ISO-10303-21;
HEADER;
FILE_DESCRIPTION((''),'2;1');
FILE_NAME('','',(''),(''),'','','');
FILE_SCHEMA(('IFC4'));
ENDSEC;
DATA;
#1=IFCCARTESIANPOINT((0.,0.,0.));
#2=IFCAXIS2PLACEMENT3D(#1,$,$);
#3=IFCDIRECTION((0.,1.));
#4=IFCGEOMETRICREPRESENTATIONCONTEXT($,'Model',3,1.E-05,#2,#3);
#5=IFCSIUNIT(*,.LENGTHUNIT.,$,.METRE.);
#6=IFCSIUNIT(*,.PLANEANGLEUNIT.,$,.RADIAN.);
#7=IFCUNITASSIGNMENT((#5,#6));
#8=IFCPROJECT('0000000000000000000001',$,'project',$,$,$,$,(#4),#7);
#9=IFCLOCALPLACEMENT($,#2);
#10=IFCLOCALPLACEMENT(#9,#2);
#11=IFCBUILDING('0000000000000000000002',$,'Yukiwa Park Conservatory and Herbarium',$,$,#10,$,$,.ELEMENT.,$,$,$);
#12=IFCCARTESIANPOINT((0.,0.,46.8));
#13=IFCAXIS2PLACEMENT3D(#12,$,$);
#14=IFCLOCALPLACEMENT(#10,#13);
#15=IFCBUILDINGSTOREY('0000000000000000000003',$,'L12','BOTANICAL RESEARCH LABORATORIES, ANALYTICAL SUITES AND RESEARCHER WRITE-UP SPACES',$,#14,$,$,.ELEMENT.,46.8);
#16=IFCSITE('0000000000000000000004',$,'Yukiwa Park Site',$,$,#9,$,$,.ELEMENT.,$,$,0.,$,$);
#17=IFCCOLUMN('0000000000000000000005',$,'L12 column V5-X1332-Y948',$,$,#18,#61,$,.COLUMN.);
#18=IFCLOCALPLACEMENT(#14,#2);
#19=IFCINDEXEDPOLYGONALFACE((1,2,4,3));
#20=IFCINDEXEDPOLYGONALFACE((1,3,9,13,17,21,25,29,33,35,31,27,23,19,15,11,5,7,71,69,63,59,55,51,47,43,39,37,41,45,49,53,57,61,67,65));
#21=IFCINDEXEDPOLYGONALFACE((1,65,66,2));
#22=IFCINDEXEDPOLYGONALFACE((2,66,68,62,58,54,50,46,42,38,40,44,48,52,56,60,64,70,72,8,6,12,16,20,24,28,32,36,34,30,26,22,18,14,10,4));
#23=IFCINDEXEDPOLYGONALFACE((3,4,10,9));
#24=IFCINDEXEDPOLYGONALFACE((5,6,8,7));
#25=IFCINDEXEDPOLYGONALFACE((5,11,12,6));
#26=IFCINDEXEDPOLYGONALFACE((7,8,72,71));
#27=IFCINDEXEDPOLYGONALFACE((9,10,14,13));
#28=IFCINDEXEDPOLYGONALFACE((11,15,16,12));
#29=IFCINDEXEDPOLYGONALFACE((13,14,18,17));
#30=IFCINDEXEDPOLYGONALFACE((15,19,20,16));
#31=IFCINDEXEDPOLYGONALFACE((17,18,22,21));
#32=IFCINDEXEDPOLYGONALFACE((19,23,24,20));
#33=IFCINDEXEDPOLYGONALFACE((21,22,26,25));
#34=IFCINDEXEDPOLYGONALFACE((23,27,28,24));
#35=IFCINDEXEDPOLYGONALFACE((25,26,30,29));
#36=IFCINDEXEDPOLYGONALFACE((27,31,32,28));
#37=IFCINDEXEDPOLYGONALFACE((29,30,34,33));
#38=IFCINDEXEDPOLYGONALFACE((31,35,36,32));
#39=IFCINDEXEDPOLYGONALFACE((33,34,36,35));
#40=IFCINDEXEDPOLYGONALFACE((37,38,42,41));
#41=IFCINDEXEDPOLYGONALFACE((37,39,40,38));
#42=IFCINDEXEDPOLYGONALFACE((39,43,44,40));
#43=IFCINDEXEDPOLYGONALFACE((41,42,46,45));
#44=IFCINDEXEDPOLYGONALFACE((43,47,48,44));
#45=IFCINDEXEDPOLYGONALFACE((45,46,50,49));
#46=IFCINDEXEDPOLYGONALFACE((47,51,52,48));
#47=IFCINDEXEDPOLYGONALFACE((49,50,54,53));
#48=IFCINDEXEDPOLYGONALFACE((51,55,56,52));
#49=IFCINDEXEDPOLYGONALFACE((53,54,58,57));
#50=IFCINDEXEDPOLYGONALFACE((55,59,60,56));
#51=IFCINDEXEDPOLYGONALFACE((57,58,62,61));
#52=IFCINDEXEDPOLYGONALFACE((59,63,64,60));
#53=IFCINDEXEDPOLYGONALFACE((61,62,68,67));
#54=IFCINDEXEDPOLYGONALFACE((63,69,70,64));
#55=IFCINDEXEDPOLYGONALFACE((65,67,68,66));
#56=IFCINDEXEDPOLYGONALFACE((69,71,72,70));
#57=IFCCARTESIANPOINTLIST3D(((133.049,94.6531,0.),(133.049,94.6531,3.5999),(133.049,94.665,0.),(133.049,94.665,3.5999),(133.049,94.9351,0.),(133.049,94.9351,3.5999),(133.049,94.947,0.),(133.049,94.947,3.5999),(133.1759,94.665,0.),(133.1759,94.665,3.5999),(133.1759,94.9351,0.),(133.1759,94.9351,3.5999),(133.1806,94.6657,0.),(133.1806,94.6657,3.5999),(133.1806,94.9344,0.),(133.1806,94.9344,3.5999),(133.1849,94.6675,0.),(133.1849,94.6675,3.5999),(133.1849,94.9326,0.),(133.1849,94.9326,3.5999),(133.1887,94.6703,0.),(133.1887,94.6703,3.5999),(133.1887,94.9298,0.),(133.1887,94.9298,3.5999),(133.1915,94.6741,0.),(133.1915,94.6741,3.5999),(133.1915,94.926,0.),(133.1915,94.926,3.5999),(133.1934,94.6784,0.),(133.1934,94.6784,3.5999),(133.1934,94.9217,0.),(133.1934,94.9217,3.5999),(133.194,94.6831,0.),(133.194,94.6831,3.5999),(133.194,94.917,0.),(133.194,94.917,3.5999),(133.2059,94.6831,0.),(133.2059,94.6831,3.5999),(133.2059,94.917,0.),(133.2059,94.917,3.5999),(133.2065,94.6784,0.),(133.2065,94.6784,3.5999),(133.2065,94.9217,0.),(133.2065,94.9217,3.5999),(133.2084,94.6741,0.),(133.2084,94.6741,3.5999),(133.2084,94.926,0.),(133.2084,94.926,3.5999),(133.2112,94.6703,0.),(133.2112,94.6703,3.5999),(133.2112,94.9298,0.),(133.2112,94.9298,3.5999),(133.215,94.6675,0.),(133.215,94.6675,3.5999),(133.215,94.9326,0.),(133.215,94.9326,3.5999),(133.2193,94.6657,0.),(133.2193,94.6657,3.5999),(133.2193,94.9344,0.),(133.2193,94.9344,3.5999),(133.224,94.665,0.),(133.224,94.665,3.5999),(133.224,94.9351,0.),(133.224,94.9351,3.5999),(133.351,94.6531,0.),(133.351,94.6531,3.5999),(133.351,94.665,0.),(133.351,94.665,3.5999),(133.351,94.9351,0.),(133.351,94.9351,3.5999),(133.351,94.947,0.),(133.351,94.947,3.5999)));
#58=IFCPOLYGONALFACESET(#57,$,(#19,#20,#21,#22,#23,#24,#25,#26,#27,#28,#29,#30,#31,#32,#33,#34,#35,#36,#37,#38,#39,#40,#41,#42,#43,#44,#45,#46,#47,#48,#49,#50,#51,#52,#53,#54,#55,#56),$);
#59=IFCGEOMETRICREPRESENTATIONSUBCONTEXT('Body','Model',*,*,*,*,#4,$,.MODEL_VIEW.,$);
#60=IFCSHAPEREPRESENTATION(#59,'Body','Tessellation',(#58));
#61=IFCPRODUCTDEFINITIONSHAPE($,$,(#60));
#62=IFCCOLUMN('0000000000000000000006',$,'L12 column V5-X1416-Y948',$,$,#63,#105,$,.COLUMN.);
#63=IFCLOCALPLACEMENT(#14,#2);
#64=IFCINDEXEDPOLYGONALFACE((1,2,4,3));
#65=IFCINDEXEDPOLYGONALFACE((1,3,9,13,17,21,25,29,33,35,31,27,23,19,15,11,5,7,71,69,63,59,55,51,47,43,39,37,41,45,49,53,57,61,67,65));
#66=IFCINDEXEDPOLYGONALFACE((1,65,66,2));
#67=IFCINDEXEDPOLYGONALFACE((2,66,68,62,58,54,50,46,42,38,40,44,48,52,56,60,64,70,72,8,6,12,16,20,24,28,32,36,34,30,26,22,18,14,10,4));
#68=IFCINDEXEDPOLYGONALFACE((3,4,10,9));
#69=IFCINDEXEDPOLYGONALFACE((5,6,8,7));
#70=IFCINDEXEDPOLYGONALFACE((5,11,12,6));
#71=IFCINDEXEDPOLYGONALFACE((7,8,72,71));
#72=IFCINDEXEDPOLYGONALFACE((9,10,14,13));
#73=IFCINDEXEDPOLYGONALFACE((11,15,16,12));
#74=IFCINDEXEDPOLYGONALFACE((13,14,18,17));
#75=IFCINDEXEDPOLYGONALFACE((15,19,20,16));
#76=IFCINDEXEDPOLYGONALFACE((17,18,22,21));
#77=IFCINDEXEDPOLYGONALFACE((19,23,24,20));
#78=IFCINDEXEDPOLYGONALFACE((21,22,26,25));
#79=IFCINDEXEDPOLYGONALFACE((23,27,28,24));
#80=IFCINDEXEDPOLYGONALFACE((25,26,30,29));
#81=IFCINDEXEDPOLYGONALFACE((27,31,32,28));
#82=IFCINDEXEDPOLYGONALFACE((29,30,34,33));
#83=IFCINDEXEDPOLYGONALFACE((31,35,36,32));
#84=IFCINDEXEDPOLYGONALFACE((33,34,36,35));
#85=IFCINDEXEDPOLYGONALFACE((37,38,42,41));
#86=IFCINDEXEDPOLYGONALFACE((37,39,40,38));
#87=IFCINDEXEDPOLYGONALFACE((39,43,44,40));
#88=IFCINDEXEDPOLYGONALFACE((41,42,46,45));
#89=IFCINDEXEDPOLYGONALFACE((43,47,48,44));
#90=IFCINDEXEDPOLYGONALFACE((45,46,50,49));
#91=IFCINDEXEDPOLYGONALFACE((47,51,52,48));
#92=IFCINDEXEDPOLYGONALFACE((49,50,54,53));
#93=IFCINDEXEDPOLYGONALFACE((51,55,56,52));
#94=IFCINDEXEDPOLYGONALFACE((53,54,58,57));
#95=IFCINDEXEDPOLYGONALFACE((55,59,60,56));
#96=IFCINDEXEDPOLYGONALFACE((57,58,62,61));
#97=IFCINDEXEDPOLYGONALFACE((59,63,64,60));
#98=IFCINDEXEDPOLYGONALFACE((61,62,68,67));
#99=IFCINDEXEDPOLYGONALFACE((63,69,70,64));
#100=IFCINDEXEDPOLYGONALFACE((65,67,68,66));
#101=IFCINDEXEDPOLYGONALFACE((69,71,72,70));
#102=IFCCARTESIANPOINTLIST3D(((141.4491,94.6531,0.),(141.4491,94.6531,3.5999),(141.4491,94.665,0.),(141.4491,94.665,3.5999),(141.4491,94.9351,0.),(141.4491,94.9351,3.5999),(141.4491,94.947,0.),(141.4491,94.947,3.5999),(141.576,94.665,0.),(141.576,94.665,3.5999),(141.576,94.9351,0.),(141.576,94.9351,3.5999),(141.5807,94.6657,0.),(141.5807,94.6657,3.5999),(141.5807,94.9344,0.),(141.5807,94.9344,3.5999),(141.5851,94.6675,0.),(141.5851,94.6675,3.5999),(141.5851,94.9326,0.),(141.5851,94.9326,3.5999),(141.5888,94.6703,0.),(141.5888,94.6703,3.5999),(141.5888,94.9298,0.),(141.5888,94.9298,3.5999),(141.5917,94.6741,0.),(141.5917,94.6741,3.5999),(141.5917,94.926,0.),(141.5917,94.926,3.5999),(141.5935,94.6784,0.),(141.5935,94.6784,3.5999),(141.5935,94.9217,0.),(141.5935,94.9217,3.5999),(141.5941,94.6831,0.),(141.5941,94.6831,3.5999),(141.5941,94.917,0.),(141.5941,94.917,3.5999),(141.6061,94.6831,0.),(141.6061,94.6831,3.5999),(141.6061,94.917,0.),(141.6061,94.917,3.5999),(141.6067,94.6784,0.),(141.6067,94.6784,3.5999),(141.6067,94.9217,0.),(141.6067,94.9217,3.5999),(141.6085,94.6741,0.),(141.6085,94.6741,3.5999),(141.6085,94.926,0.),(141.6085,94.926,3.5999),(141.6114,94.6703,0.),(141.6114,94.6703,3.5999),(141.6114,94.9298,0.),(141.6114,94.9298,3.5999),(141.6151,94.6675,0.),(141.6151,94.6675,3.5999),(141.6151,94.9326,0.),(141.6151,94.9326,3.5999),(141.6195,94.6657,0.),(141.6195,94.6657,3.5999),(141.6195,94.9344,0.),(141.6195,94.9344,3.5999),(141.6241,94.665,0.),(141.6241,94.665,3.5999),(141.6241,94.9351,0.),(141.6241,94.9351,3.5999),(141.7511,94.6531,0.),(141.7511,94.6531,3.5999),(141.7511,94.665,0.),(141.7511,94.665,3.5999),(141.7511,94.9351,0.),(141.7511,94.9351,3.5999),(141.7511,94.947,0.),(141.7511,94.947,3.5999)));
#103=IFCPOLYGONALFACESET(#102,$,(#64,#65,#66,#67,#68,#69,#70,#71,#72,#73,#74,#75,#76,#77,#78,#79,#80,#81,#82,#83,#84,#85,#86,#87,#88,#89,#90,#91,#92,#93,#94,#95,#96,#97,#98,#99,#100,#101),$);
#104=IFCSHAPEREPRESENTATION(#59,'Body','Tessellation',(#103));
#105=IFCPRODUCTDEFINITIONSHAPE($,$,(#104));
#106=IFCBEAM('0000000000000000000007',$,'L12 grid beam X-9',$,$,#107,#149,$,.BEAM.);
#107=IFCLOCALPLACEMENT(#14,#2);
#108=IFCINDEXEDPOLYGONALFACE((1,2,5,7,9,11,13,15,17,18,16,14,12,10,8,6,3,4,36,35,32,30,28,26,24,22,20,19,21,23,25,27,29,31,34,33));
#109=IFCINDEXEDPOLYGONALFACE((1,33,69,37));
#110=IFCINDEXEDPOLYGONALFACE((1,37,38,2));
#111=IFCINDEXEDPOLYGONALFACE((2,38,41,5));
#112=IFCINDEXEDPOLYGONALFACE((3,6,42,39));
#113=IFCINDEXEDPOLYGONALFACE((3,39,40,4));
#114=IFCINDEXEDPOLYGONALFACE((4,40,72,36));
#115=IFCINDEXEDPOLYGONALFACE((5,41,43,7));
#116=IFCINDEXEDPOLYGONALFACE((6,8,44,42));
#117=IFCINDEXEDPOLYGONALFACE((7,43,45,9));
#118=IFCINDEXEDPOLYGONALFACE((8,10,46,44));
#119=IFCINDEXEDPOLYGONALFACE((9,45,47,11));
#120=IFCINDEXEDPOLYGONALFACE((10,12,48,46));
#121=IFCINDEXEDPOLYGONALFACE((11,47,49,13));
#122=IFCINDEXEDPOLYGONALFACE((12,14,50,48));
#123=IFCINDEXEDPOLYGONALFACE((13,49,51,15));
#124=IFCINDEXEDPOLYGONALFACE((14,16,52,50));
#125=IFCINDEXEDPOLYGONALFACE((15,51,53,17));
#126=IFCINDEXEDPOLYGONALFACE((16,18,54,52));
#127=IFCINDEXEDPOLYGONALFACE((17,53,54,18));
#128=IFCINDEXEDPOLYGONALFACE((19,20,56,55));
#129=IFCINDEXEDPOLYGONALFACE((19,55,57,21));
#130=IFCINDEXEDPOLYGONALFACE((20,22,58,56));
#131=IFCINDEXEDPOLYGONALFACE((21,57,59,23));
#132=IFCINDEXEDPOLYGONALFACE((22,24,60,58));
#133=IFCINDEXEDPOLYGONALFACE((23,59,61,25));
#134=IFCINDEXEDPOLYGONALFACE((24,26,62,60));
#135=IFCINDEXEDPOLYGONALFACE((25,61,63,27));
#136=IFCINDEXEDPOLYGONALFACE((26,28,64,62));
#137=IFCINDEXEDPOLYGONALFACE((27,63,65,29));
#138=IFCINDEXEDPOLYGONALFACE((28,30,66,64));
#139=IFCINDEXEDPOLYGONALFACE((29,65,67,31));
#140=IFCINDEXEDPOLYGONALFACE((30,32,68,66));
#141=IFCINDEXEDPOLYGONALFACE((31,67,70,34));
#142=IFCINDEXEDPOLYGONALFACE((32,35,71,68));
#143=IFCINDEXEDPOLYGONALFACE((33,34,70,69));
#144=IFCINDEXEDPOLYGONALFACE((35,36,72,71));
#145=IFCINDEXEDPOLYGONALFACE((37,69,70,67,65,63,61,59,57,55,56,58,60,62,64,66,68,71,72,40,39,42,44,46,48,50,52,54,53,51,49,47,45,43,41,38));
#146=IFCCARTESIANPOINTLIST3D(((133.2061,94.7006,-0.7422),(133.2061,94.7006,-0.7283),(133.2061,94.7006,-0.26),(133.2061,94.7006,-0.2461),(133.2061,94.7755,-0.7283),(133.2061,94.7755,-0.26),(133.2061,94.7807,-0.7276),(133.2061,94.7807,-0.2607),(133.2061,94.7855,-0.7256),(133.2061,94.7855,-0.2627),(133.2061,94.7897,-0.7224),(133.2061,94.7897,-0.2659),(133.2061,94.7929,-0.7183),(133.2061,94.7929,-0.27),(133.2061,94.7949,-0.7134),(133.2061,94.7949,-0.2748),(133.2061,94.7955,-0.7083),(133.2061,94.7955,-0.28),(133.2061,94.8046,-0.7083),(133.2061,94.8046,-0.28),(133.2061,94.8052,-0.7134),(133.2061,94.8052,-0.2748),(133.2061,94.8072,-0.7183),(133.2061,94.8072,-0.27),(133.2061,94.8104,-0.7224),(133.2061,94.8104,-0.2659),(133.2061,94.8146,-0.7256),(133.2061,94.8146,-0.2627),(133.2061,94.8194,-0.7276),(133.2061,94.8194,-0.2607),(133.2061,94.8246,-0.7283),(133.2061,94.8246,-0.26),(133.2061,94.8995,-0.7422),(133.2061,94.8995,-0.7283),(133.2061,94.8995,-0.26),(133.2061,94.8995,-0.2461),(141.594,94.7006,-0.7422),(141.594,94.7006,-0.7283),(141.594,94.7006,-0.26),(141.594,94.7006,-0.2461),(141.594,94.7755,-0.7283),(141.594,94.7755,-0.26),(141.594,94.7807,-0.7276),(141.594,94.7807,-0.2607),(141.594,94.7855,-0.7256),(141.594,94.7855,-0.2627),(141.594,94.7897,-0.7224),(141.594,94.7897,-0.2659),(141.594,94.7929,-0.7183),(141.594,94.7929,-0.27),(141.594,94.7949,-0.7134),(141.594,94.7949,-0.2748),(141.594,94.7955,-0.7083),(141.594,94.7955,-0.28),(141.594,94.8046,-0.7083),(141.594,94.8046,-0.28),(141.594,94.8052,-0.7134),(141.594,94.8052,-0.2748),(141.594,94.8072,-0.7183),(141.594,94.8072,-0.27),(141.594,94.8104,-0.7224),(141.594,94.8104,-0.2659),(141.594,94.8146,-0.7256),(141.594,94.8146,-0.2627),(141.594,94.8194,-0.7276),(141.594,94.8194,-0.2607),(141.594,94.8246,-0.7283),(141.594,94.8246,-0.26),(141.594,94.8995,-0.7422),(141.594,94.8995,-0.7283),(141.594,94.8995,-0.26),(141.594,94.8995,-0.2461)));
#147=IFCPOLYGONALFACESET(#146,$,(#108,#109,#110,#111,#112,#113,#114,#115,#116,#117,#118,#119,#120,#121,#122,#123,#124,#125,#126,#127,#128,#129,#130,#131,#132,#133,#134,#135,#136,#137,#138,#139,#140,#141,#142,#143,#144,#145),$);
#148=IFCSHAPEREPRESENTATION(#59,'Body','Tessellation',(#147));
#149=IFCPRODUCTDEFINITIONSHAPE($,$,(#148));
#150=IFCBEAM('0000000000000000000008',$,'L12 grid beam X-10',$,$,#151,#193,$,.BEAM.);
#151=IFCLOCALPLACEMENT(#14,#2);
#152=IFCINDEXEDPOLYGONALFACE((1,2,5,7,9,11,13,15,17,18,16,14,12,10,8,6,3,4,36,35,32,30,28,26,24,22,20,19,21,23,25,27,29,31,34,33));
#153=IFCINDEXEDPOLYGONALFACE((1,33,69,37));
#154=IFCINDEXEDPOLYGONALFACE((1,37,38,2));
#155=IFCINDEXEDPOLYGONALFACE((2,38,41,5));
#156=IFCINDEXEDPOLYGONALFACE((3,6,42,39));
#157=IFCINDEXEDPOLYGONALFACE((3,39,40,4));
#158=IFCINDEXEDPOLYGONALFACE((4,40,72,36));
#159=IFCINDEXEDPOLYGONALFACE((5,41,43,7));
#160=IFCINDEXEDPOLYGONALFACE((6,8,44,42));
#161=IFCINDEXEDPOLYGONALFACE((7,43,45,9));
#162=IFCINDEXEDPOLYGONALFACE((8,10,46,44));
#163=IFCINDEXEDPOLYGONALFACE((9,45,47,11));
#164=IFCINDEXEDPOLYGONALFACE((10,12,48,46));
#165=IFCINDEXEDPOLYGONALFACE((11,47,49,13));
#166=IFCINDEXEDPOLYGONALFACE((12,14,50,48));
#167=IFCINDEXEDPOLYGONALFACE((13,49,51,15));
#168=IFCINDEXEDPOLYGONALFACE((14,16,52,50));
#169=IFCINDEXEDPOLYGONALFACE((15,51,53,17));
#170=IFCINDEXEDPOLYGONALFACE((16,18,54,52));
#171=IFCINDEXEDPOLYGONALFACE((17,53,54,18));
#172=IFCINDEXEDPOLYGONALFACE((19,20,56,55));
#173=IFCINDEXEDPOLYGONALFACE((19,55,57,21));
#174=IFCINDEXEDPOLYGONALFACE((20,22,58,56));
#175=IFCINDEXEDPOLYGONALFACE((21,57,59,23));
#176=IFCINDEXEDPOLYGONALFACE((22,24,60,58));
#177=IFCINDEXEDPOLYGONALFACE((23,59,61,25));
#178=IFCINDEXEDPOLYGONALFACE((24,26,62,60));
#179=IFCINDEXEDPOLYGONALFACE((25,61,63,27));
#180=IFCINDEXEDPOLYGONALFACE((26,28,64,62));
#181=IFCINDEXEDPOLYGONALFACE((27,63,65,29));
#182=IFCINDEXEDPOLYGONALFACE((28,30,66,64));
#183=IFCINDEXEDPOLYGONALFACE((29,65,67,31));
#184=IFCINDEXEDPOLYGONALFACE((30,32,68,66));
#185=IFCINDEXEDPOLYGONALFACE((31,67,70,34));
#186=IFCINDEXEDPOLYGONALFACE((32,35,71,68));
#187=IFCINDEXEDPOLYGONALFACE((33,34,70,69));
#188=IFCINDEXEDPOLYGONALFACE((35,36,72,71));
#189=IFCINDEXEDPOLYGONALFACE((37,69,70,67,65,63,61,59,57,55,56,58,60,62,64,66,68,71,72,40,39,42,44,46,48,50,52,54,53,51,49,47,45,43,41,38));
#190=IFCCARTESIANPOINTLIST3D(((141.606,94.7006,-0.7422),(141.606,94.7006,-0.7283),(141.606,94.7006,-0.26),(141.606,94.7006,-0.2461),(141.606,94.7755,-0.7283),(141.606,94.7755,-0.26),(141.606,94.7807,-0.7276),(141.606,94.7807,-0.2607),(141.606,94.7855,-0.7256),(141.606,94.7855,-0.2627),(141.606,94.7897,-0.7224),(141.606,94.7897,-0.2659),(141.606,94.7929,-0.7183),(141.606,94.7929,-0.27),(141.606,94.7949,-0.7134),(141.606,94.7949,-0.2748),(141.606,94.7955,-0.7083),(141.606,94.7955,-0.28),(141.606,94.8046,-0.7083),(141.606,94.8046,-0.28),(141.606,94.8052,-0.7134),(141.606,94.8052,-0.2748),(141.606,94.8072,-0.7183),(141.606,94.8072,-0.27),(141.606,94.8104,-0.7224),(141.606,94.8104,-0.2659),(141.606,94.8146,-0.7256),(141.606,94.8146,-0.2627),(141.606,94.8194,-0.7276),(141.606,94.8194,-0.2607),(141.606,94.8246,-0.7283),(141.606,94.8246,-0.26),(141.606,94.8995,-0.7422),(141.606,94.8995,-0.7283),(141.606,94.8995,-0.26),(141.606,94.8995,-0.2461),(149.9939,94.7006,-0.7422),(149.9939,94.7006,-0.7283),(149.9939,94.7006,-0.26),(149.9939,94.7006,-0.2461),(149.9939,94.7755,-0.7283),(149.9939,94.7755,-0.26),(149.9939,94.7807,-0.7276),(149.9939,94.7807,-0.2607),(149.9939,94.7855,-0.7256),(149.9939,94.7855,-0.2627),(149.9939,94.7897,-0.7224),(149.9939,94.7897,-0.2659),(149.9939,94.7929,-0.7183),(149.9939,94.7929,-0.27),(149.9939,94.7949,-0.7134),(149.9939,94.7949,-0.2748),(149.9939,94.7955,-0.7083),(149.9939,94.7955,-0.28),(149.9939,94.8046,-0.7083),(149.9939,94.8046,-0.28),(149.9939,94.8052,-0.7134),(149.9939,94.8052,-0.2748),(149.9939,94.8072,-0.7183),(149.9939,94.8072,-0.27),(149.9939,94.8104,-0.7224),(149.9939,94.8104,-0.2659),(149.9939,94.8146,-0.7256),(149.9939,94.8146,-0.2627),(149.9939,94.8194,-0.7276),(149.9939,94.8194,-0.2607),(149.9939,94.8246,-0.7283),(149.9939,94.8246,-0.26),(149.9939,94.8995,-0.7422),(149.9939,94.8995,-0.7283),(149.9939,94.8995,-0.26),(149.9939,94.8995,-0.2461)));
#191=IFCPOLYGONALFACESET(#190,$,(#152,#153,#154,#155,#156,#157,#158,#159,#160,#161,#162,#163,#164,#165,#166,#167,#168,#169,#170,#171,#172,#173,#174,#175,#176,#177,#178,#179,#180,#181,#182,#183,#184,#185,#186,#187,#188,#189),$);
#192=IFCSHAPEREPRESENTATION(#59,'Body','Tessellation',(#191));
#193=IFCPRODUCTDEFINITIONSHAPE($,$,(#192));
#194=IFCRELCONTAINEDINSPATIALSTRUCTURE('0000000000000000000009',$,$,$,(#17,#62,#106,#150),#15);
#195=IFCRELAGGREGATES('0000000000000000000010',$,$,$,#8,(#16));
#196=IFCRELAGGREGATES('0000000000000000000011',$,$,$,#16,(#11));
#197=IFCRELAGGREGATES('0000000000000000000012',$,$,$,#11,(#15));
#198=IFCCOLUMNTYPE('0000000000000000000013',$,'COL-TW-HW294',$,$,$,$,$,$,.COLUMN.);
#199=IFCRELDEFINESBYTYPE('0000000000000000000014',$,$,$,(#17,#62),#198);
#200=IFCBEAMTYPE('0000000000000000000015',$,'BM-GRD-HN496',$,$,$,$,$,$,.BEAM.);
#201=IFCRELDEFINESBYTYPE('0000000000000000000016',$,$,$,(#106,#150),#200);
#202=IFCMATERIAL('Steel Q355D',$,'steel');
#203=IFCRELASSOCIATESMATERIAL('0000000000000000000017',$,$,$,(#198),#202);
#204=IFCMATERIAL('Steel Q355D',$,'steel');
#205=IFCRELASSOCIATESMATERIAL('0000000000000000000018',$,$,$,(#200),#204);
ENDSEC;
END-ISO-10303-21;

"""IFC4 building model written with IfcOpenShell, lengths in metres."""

from ifc_helpers import new_model, si_unit, direction, frame, origin, origin_2d, place, context, subcontext, project, spatial, i_section, extrude, material, material_profile, profile_set, type_object, element, save


model = new_model("IFC4")

# Units and contexts
model_context = context("Model", 3, precision=1e-05, world=origin(), true_north=direction((0.0, 1.0)))
body_context = subcontext(model_context, "Body", "Model", "MODEL_VIEW")
ifc_project = project(units=[si_unit("LENGTHUNIT", "METRE"), si_unit("PLANEANGLEUNIT", "RADIAN")], contexts=[model_context])

# Site, building, storey
site_placement = place(None, origin())
site = spatial("IfcSite", under=ifc_project, at=site_placement, Name="Yukiwa Park Site", CompositionType="ELEMENT", RefElevation=0.0)
building_placement = place(site_placement, origin())
building = spatial("IfcBuilding", under=site, at=building_placement, Name="Yukiwa Park Conservatory and Herbarium", CompositionType="ELEMENT")
storey_placement = place(building_placement, frame((0.0, 0.0, 46.8)))
storey = spatial("IfcBuildingStorey", under=building, at=storey_placement, Name="L12", Description="BOTANICAL RESEARCH LABORATORIES, ANALYTICAL SUITES AND RESEARCHER WRITE-UP SPACES", CompositionType="ELEMENT", Elevation=46.8)

# Columns
ifc_material_1 = material(Name="Steel Q355D", Category="steel")
ifc_material_profile_1 = material_profile(ifc_material_1, i_section(OverallWidth=0.302, OverallDepth=0.2939, WebThickness=0.012, FlangeThickness=0.012, FilletRadius=0.0181, at=origin_2d()), Name="HW 294x302x12x12")
ifc_profile_set_1 = profile_set([ifc_material_profile_1], Name="Steel Q355D")
column_type = type_object("IfcColumnType", Name="COL-TW-HW294", PredefinedType="COLUMN", material=ifc_profile_set_1)
for number, where, z_axis, x_axis, name in (
    (1, (133.2, 94.8, 0.0), (0.0, 0.0, 1.0), (1.0, 0.0, 0.0), "L12 column V5-X1332-Y948"),
    (2, (141.6001, 94.8, 0.0), (0.0, 0.0, 1.0), (1.0, 0.0, 0.0), "L12 column V5-X1416-Y948"),
):
    element("IfcColumn", number, at=place(storey_placement, frame(where, z_axis=z_axis, x_axis=x_axis)), inside=storey, type_object=column_type, Name=name, PredefinedType="COLUMN", context=body_context, shape_type="SweptSolid", body=[
        extrude(i_section(OverallWidth=0.302, OverallDepth=0.2939, WebThickness=0.012, FlangeThickness=0.012, FilletRadius=0.0181, at=origin_2d()), origin(), (0.0, 0.0, 1.0), 3.5999),
    ])

# Beams
ifc_material_2 = material(Name="Steel Q355D", Category="steel")
ifc_material_profile_2 = material_profile(ifc_material_2, i_section(OverallWidth=0.199, OverallDepth=0.4961, WebThickness=0.009, FlangeThickness=0.0139, FilletRadius=0.02, at=origin_2d()), Name="HN 496x199x9x14")
ifc_profile_set_2 = profile_set([ifc_material_profile_2], Name="Steel Q355D")
beam_type_1 = type_object("IfcBeamType", Name="BM-GRD-HN496", PredefinedType="BEAM", material=ifc_profile_set_2)
for number, where, z_axis, x_axis, name in (
    (3, (133.2061, 94.8, -0.4941), (1.0, 0.0, 0.0), (0.0, 1.0, 0.0), "L12 grid beam X-9"),
    (4, (141.606, 94.8, -0.4941), (1.0, 0.0, 0.0), (0.0, 1.0, 0.0), "L12 grid beam X-10"),
):
    element("IfcBeam", number, at=place(storey_placement, frame(where, z_axis=z_axis, x_axis=x_axis)), inside=storey, type_object=beam_type_1, Name=name, PredefinedType="BEAM", context=body_context, shape_type="SweptSolid", body=[
        extrude(i_section(OverallWidth=0.199, OverallDepth=0.4961, WebThickness=0.009, FlangeThickness=0.0139, FilletRadius=0.02, at=origin_2d()), origin(), (0.0, 0.0, 1.0), 8.3879),
    ])

save(model, "model.ifc")
